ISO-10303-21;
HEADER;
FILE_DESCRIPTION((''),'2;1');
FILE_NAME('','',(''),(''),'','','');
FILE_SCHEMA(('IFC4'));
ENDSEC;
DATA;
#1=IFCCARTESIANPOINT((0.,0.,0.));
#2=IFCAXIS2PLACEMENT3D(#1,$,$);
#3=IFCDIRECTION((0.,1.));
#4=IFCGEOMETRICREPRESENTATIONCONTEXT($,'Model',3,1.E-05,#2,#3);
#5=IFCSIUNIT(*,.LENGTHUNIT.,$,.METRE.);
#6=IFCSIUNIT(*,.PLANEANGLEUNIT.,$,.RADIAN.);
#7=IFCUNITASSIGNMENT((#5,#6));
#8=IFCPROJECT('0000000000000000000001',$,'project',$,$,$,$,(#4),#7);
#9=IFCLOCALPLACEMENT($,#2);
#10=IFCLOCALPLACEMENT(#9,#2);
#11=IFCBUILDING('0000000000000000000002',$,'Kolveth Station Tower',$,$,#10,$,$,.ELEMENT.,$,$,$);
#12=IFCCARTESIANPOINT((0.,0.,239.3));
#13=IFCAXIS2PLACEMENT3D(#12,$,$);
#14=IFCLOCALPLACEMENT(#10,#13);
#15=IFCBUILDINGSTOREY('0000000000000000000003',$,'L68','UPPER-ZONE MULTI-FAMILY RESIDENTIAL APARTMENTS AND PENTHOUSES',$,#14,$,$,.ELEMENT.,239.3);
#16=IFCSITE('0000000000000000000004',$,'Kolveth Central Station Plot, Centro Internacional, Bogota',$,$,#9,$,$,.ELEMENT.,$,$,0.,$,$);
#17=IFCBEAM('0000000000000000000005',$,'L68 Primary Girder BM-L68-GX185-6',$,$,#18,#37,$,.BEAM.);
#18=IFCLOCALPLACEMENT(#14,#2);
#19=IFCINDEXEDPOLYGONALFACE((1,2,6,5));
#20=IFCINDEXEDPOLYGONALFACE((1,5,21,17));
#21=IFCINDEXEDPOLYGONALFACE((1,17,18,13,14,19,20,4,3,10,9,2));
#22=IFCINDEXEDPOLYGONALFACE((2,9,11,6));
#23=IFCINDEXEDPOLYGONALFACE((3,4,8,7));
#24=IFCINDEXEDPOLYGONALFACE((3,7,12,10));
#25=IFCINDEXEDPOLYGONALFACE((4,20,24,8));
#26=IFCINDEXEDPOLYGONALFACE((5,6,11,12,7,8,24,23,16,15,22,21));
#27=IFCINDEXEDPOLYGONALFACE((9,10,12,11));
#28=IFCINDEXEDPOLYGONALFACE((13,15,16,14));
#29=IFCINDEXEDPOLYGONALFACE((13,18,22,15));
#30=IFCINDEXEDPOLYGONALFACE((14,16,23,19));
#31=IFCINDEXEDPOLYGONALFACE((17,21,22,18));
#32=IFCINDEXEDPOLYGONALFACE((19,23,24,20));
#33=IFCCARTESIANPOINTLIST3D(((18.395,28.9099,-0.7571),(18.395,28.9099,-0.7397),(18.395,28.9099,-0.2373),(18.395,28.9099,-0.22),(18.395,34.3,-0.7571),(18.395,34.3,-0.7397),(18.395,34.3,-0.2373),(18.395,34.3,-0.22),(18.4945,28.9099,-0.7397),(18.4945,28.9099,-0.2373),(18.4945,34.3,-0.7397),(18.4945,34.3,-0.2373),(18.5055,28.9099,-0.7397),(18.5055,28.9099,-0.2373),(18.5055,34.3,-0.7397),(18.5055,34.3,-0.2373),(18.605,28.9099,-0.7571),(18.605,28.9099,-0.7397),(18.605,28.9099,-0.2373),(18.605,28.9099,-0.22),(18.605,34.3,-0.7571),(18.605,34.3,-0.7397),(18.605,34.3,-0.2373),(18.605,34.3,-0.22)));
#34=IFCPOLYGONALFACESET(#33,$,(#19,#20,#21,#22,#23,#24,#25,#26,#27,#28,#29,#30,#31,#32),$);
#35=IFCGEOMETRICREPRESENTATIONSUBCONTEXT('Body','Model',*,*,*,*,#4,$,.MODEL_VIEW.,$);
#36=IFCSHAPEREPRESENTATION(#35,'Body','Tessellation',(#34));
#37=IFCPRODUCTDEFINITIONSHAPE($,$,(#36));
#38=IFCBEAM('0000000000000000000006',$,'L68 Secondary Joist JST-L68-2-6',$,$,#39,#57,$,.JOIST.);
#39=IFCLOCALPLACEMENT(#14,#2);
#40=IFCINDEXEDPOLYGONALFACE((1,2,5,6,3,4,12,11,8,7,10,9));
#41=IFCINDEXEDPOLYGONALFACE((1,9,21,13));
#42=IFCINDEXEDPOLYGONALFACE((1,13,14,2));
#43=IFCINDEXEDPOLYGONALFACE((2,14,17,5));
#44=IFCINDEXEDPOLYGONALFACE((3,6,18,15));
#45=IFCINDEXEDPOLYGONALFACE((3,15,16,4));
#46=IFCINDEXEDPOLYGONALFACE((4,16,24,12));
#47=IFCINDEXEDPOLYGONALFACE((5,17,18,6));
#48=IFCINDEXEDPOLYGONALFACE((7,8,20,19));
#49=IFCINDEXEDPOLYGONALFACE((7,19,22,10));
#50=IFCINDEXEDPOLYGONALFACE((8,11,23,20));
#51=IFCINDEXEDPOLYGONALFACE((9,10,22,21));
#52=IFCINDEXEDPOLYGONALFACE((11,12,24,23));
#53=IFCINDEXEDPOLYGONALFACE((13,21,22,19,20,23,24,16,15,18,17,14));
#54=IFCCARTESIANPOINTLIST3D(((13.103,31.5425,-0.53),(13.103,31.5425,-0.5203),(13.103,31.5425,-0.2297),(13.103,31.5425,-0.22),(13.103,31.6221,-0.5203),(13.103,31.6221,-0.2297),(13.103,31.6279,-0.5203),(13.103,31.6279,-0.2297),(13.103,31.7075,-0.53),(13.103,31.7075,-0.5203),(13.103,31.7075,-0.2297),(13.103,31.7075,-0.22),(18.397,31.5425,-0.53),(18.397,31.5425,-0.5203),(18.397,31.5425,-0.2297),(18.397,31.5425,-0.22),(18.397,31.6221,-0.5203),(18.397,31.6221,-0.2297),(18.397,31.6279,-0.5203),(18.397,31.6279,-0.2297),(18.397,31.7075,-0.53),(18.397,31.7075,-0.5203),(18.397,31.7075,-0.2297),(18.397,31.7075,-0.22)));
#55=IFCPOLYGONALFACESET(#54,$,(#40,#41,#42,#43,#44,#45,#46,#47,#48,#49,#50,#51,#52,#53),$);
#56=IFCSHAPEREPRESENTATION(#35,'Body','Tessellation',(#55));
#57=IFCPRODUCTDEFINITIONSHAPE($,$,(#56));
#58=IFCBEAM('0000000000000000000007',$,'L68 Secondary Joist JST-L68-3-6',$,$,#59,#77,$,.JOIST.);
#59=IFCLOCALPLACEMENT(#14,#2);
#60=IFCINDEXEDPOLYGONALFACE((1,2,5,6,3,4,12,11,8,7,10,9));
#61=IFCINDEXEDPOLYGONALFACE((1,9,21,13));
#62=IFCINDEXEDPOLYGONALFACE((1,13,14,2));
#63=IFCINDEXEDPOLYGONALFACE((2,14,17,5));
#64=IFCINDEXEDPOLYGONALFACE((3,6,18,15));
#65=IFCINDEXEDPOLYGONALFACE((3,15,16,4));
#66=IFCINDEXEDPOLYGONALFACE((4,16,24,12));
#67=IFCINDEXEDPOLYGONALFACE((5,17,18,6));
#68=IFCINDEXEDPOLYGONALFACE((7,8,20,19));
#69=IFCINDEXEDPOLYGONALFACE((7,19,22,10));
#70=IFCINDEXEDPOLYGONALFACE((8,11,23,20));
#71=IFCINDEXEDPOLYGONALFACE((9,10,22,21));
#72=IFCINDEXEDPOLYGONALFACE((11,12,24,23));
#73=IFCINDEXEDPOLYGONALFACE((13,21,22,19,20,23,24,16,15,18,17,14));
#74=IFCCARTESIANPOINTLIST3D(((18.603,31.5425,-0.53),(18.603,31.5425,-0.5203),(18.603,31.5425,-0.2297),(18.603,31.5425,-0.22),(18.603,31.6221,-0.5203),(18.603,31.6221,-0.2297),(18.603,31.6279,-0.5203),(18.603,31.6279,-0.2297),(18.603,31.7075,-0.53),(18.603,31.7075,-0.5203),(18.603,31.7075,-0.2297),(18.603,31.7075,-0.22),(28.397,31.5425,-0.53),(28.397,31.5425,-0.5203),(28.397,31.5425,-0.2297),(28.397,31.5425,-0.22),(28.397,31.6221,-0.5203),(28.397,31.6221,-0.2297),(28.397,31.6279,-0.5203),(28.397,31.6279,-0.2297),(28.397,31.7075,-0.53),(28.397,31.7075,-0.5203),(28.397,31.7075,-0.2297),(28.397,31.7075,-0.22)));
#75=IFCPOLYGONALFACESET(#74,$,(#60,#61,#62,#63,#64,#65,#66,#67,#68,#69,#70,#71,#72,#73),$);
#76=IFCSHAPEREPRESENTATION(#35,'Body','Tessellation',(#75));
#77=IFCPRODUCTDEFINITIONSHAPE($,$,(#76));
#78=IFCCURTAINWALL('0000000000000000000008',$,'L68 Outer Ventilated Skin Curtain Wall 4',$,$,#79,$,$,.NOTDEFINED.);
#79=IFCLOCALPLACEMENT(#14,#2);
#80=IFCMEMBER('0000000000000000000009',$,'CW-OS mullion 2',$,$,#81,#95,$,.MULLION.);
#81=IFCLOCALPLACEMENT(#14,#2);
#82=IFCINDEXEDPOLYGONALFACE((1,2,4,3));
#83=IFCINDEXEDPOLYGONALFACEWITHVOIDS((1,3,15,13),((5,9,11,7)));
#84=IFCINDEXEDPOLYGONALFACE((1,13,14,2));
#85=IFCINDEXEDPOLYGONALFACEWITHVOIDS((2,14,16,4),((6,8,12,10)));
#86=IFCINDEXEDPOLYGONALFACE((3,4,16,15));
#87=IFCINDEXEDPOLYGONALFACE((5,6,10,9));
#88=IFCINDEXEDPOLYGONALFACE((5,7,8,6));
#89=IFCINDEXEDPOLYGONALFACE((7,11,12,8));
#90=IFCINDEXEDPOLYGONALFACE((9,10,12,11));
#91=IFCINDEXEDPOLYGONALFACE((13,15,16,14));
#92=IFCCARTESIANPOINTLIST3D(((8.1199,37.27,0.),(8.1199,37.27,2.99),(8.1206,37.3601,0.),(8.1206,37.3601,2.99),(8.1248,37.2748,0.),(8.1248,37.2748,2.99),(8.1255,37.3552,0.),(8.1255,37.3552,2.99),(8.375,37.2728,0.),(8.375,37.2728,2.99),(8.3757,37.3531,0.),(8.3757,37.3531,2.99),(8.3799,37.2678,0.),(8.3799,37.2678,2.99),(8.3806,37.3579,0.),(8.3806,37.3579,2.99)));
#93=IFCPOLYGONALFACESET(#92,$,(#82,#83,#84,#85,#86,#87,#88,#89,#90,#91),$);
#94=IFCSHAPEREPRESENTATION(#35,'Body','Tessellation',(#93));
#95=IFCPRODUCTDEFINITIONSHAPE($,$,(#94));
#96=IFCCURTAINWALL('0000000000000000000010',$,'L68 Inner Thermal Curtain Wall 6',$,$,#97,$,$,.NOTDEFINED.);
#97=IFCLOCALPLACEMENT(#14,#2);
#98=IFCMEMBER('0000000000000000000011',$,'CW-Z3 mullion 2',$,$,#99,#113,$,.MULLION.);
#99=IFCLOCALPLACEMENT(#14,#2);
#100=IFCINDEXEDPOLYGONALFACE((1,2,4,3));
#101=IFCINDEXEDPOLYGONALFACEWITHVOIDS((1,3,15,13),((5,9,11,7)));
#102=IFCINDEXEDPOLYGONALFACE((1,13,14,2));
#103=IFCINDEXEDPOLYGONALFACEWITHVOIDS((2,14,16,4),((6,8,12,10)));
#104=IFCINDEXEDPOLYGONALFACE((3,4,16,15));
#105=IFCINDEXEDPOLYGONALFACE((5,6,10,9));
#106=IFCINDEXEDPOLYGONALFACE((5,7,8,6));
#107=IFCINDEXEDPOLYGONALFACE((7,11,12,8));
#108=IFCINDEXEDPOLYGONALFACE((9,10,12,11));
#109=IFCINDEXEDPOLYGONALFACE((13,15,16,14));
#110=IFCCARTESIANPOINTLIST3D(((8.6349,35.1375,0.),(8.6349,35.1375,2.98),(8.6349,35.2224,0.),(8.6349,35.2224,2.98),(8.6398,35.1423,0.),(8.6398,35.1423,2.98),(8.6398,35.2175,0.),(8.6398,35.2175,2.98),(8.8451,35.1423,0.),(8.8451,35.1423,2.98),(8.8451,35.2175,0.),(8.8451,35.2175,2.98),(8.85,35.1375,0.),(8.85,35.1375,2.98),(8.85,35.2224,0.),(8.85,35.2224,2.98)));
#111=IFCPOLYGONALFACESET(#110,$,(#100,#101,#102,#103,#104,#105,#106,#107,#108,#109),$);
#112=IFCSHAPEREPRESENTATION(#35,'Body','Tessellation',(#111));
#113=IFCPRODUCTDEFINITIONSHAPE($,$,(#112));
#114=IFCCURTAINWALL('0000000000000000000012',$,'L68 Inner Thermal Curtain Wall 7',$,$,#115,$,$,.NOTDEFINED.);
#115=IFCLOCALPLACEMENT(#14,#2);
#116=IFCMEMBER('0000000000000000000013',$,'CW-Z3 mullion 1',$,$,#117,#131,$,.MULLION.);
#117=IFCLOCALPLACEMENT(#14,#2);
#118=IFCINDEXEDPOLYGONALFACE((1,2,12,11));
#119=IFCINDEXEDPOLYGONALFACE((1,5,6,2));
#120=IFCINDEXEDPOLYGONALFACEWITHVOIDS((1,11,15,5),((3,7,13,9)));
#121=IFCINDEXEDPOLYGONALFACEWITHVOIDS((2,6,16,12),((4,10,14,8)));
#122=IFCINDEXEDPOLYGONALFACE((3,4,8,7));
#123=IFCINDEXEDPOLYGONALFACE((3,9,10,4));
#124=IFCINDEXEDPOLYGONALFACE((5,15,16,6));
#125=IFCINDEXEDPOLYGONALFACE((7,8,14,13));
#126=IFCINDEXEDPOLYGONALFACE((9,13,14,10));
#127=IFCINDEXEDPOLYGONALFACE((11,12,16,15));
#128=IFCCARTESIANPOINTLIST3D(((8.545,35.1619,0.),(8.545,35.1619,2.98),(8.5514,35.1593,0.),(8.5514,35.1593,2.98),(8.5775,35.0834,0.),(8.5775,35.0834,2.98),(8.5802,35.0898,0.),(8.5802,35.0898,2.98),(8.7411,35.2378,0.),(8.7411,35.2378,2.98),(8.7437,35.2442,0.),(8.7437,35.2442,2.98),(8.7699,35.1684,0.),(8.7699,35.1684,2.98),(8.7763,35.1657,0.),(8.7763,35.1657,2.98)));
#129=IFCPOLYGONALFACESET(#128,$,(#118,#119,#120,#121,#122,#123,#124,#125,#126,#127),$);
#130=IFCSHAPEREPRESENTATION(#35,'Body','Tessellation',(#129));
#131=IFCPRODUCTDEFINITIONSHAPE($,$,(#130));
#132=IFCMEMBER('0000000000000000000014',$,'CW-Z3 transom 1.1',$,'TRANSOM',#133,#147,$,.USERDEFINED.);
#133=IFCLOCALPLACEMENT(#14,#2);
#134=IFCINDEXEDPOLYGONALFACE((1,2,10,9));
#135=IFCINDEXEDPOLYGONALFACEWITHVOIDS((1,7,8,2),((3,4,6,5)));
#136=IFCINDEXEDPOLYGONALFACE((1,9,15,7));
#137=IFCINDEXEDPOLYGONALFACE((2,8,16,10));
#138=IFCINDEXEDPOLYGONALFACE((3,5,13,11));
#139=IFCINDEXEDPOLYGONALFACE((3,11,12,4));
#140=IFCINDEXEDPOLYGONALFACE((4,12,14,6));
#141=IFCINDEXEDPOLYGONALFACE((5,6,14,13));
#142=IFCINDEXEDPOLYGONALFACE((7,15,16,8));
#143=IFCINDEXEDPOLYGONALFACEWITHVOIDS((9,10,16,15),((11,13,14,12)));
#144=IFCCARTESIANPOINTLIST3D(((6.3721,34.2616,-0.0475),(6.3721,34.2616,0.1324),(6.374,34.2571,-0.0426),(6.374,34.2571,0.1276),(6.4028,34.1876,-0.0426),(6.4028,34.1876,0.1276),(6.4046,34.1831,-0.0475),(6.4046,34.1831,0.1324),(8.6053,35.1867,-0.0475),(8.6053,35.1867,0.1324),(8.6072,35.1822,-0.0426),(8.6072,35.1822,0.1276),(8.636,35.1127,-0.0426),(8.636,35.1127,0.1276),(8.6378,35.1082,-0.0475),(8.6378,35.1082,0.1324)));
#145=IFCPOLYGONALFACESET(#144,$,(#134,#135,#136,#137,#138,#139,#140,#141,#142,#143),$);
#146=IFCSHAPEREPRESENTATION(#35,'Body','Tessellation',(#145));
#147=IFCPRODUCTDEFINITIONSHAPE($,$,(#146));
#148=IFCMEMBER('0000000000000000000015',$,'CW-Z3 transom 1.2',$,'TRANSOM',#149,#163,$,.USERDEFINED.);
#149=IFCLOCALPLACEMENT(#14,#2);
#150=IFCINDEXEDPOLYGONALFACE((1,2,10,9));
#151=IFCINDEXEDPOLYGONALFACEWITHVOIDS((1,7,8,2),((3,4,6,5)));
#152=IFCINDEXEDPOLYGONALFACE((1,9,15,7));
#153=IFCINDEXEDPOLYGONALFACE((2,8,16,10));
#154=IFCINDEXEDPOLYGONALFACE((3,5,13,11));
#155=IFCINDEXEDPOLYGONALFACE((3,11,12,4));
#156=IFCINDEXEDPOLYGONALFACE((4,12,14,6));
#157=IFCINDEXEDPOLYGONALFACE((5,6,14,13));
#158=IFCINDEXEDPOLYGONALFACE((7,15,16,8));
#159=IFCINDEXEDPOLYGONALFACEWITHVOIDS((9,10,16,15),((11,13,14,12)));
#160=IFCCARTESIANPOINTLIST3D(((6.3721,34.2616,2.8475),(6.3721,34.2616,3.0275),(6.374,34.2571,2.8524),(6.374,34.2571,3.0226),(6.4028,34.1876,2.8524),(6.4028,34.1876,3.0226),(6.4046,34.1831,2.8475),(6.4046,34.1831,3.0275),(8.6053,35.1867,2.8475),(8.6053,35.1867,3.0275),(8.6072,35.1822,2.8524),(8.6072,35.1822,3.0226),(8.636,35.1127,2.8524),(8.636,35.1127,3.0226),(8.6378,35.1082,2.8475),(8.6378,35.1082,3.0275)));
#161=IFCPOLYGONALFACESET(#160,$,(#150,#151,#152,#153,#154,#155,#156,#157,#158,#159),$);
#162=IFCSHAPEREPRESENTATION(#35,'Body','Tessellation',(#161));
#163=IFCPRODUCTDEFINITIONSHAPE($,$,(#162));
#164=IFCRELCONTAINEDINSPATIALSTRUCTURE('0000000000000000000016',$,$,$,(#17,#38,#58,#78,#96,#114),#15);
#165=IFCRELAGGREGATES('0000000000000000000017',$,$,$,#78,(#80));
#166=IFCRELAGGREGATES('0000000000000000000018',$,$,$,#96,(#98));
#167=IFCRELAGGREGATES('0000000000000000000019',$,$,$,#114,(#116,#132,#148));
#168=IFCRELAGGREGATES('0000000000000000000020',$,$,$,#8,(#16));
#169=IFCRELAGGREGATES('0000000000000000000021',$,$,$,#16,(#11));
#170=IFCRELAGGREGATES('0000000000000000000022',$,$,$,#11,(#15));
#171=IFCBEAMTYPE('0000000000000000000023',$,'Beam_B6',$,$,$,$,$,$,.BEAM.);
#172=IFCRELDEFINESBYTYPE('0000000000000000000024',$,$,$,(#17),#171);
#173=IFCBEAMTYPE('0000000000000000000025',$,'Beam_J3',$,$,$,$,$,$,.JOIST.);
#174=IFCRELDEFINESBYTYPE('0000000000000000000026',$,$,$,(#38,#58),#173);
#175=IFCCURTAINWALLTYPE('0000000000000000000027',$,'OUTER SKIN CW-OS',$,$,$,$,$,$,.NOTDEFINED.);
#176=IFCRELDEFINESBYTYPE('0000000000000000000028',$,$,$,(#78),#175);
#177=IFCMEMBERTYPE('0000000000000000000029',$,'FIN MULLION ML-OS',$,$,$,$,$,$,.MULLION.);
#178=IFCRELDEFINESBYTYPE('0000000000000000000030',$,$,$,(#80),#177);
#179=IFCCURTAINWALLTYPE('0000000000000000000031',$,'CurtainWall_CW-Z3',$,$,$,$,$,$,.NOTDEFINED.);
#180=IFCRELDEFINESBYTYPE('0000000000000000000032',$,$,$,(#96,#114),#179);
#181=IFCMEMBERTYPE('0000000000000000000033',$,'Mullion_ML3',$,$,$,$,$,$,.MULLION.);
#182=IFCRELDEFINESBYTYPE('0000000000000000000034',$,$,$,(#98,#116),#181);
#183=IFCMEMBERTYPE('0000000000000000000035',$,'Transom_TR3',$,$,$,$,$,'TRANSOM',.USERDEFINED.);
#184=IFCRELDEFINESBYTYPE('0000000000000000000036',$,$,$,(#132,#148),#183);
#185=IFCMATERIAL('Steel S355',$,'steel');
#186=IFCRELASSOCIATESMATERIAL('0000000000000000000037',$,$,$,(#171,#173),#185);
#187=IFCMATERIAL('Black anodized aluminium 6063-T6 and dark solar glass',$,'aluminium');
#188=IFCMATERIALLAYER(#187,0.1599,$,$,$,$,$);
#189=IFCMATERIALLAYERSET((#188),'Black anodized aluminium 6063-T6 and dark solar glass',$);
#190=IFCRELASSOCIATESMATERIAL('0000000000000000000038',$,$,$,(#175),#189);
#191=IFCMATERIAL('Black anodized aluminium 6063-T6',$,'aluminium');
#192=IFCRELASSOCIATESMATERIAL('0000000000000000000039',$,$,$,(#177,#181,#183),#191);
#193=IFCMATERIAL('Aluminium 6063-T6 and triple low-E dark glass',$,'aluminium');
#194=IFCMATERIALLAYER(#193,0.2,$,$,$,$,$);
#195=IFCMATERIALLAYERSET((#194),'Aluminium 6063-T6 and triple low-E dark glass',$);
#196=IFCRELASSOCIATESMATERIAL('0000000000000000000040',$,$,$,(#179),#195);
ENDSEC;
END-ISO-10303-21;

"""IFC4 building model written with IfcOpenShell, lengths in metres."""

from ifc_helpers import new_model, si_unit, direction, frame, origin, origin_2d, place, context, subcontext, project, spatial, hollow_rectangle, i_section, extrude, source, transform, mapped, material, layer, layer_set, material_profile, profile_set, type_object, element, aggregate, save


model = new_model("IFC4")

# Units and contexts
model_context = context("Model", 3, precision=1e-05, world=origin(), true_north=direction((0.0, 1.0)))
body_context = subcontext(model_context, "Body", "Model", "MODEL_VIEW")
ifc_project = project(units=[si_unit("LENGTHUNIT", "METRE"), si_unit("PLANEANGLEUNIT", "RADIAN")], contexts=[model_context])

# Site, building, storey
site_placement = place(None, origin())
site = spatial("IfcSite", under=ifc_project, at=site_placement, Name="Kolveth Central Station Plot, Centro Internacional, Bogota", CompositionType="ELEMENT", RefElevation=0.0)
building_placement = place(site_placement, origin())
building = spatial("IfcBuilding", under=site, at=building_placement, Name="Kolveth Station Tower", CompositionType="ELEMENT")
storey_placement = place(building_placement, frame((0.0, 0.0, 239.3)))
storey = spatial("IfcBuildingStorey", under=building, at=storey_placement, Name="L68", Description="UPPER-ZONE MULTI-FAMILY RESIDENTIAL APARTMENTS AND PENTHOUSES", CompositionType="ELEMENT", Elevation=239.3)

# Shared definitions
ifc_material_1 = material(Name="Steel S355", Category="steel")

# Beams
ifc_material_profile_1 = material_profile(ifc_material_1, i_section(OverallWidth=0.21, OverallDepth=0.5371, WebThickness=0.011, FlangeThickness=0.0173, at=origin_2d()), Name="W530x101")
ifc_profile_set_1 = profile_set([ifc_material_profile_1], Name="Steel S355")
beam_type_1 = type_object("IfcBeamType", Name="Beam_B6", PredefinedType="BEAM", material=ifc_profile_set_1)
shared_shape_1 = source(origin(), body_context, "Body", "SweptSolid", [
    extrude(i_section(OverallWidth=0.21, OverallDepth=0.5371, WebThickness=0.011, FlangeThickness=0.0173, at=origin_2d()), origin(), (0.0, 0.0, 1.0), 5.3901),
])
beam_1_placement = place(storey_placement, frame((18.5, 28.9099, -0.4885), z_axis=(0.0, 1.0, 0.0), x_axis=(-1.0, 0.0, 0.0)))
element("IfcBeam", 1, at=beam_1_placement, inside=storey, type_object=beam_type_1, Name="L68 Primary Girder BM-L68-GX185-6", PredefinedType="BEAM", context=body_context, shape_type="MappedRepresentation", body=[
    mapped(shared_shape_1, transform((0.0, 0.0, 0.0), x_axis=(1.0, 0.0, 0.0), y_axis=(0.0, 1.0, 0.0), z_axis=(0.0, 0.0, 1.0), scale=1.0)),
])
ifc_material_profile_2 = material_profile(ifc_material_1, i_section(OverallWidth=0.165, OverallDepth=0.3101, WebThickness=0.0059, FlangeThickness=0.0098, at=origin_2d()), Name="W310x39")
ifc_profile_set_2 = profile_set([ifc_material_profile_2], Name="Steel S355")
beam_type_2 = type_object("IfcBeamType", Name="Beam_J3", PredefinedType="JOIST", material=ifc_profile_set_2)
shared_shape_2 = source(origin(), body_context, "Body", "SweptSolid", [
    extrude(i_section(OverallWidth=0.165, OverallDepth=0.3101, WebThickness=0.0059, FlangeThickness=0.0098, at=origin_2d()), origin(), (0.0, 0.0, 1.0), 5.2939),
])
beam_2_placement = place(storey_placement, frame((13.103, 31.625, -0.375), z_axis=(1.0, 0.0, 0.0), x_axis=(0.0, 1.0, 0.0)))
element("IfcBeam", 2, at=beam_2_placement, inside=storey, type_object=beam_type_2, Name="L68 Secondary Joist JST-L68-2-6", PredefinedType="JOIST", context=body_context, shape_type="MappedRepresentation", body=[
    mapped(shared_shape_2, transform((0.0, 0.0, 0.0), x_axis=(1.0, 0.0, 0.0), y_axis=(0.0, 1.0, 0.0), z_axis=(0.0, 0.0, 1.0), scale=1.0)),
])
shared_shape_3 = source(origin(), body_context, "Body", "SweptSolid", [
    extrude(i_section(OverallWidth=0.165, OverallDepth=0.3101, WebThickness=0.0059, FlangeThickness=0.0098, at=origin_2d()), origin(), (0.0, 0.0, 1.0), 9.7939),
])
beam_3_placement = place(storey_placement, frame((18.603, 31.625, -0.375), z_axis=(1.0, 0.0, 0.0), x_axis=(0.0, 1.0, 0.0)))
element("IfcBeam", 3, at=beam_3_placement, inside=storey, type_object=beam_type_2, Name="L68 Secondary Joist JST-L68-3-6", PredefinedType="JOIST", context=body_context, shape_type="MappedRepresentation", body=[
    mapped(shared_shape_3, transform((0.0, 0.0, 0.0), x_axis=(1.0, 0.0, 0.0), y_axis=(0.0, 1.0, 0.0), z_axis=(0.0, 0.0, 1.0), scale=1.0)),
])

# Curtain walls, members
ifc_material_2 = material(Name="Black anodized aluminium 6063-T6 and dark solar glass", Category="aluminium")
ifc_layer_1 = layer(ifc_material_2, 0.1599)
ifc_layer_set_1 = layer_set([ifc_layer_1], Name="Black anodized aluminium 6063-T6 and dark solar glass")
curtain_wall_type_1 = type_object("IfcCurtainWallType", Name="OUTER SKIN CW-OS", PredefinedType="NOTDEFINED", material=ifc_layer_set_1)
curtain_wall_1_placement = place(storey_placement, origin())
curtain_wall_1 = element("IfcCurtainWall", 4, at=curtain_wall_1_placement, inside=storey, type_object=curtain_wall_type_1, Name="L68 Outer Ventilated Skin Curtain Wall 4", PredefinedType="NOTDEFINED")
ifc_material_3 = material(Name="Black anodized aluminium 6063-T6", Category="aluminium")
ifc_material_profile_3 = material_profile(ifc_material_3, hollow_rectangle(XDim=0.0901, YDim=0.26, WallThickness=0.0049, at=origin_2d()), Name="ALU-90x260x5")
ifc_profile_set_3 = profile_set([ifc_material_profile_3], Name="Black anodized aluminium 6063-T6")
member_type_1 = type_object("IfcMemberType", Name="FIN MULLION ML-OS", PredefinedType="MULLION", material=ifc_profile_set_3)
shared_shape_4 = source(origin(), body_context, "Body", "SweptSolid", [
    extrude(hollow_rectangle(XDim=0.0901, YDim=0.26, WallThickness=0.0049, at=origin_2d()), origin(), (0.0, 0.0, 1.0), 2.99),
])
member_1_placement = place(storey_placement, frame((8.2502, 37.314, 0.0), z_axis=(0.0, 0.0, 1.0), x_axis=(-0.008262, -0.999966, 0.0)))
member_1 = element("IfcMember", 5, at=member_1_placement, type_object=member_type_1, Name="CW-OS mullion 2", PredefinedType="MULLION", context=body_context, shape_type="MappedRepresentation", body=[
    mapped(shared_shape_4, transform((0.0, 0.0, 0.0), x_axis=(1.0, 0.0, 0.0), y_axis=(0.0, 1.0, 0.0), z_axis=(0.0, 0.0, 1.0), scale=1.0)),
])
aggregate(curtain_wall_1, [member_1])
ifc_material_4 = material(Name="Aluminium 6063-T6 and triple low-E dark glass", Category="aluminium")
ifc_layer_2 = layer(ifc_material_4, 0.2)
ifc_layer_set_2 = layer_set([ifc_layer_2], Name="Aluminium 6063-T6 and triple low-E dark glass")
curtain_wall_type_2 = type_object("IfcCurtainWallType", Name="CurtainWall_CW-Z3", PredefinedType="NOTDEFINED", material=ifc_layer_set_2)
curtain_wall_2_placement = place(storey_placement, origin())
curtain_wall_2 = element("IfcCurtainWall", 6, at=curtain_wall_2_placement, inside=storey, type_object=curtain_wall_type_2, Name="L68 Inner Thermal Curtain Wall 6", PredefinedType="NOTDEFINED")
ifc_material_profile_4 = material_profile(ifc_material_3, hollow_rectangle(XDim=0.085, YDim=0.2151, WallThickness=0.0049, at=origin_2d()), Name="ALU-85x215x5")
ifc_profile_set_4 = profile_set([ifc_material_profile_4], Name="Black anodized aluminium 6063-T6")
member_type_2 = type_object("IfcMemberType", Name="Mullion_ML3", PredefinedType="MULLION", material=ifc_profile_set_4)
shared_shape_5 = source(origin(), body_context, "Body", "SweptSolid", [
    extrude(hollow_rectangle(XDim=0.085, YDim=0.2151, WallThickness=0.0049, at=origin_2d()), origin(), (0.0, 0.0, 1.0), 2.98),
])
member_2_placement = place(storey_placement, frame((8.7424, 35.1799, 0.0), z_axis=(0.0, 0.0, 1.0), x_axis=(0.0, -1.0, 0.0)))
member_2 = element("IfcMember", 7, at=member_2_placement, type_object=member_type_2, Name="CW-Z3 mullion 2", PredefinedType="MULLION", context=body_context, shape_type="MappedRepresentation", body=[
    mapped(shared_shape_5, transform((0.0, 0.0, 0.0), x_axis=(1.0, 0.0, 0.0), y_axis=(0.0, 1.0, 0.0), z_axis=(0.0, 0.0, 1.0), scale=1.0)),
])
aggregate(curtain_wall_2, [member_2])

# Curtain wall, members
curtain_wall_3_placement = place(storey_placement, origin())
curtain_wall_3 = element("IfcCurtainWall", 8, at=curtain_wall_3_placement, inside=storey, type_object=curtain_wall_type_2, Name="L68 Inner Thermal Curtain Wall 7", PredefinedType="NOTDEFINED")
member_3_placement = place(storey_placement, frame((8.6606, 35.1638, 0.0), z_axis=(0.0, 0.0, 1.0), x_axis=(0.382693, -0.923875, 0.0)))
member_3 = element("IfcMember", 9, at=member_3_placement, type_object=member_type_2, Name="CW-Z3 mullion 1", PredefinedType="MULLION", context=body_context, shape_type="MappedRepresentation", body=[
    mapped(shared_shape_5, transform((0.0, 0.0, 0.0), x_axis=(1.0, 0.0, 0.0), y_axis=(0.0, 1.0, 0.0), z_axis=(0.0, 0.0, 1.0), scale=1.0)),
])
ifc_material_profile_5 = material_profile(ifc_material_3, hollow_rectangle(XDim=0.085, YDim=0.1799, WallThickness=0.0049, at=origin_2d()), Name="ALU-85x180x5")
ifc_profile_set_5 = profile_set([ifc_material_profile_5], Name="Black anodized aluminium 6063-T6")
member_type_3 = type_object("IfcMemberType", Name="Transom_TR3", ElementType="TRANSOM", PredefinedType="USERDEFINED", material=ifc_profile_set_5)
shared_shape_6 = source(origin(), body_context, "Body", "SweptSolid", [
    extrude(hollow_rectangle(XDim=0.085, YDim=0.1799, WallThickness=0.0049, at=origin_2d()), origin(), (0.0, 0.0, 1.0), 2.4172),
])
member_4_placement = place(storey_placement, frame((8.6216, 35.1475, 0.0425), z_axis=(-0.923873, -0.3827, 0.0), x_axis=(0.3827, -0.923873, 0.0)))
member_4 = element("IfcMember", 10, at=member_4_placement, type_object=member_type_3, Name="CW-Z3 transom 1.1", ObjectType="TRANSOM", PredefinedType="USERDEFINED", context=body_context, shape_type="MappedRepresentation", body=[
    mapped(shared_shape_6, transform((0.0, 0.0, 0.0), x_axis=(1.0, 0.0, 0.0), y_axis=(0.0, 1.0, 0.0), z_axis=(0.0, 0.0, 1.0), scale=1.0)),
])
member_5_placement = place(storey_placement, frame((8.6216, 35.1475, 2.9375), z_axis=(-0.923873, -0.3827, 0.0), x_axis=(0.3827, -0.923873, 0.0)))
member_5 = element("IfcMember", 11, at=member_5_placement, type_object=member_type_3, Name="CW-Z3 transom 1.2", ObjectType="TRANSOM", PredefinedType="USERDEFINED", context=body_context, shape_type="MappedRepresentation", body=[
    mapped(shared_shape_6, transform((0.0, 0.0, 0.0), x_axis=(1.0, 0.0, 0.0), y_axis=(0.0, 1.0, 0.0), z_axis=(0.0, 0.0, 1.0), scale=1.0)),
])
aggregate(curtain_wall_3, [member_3, member_4, member_5])

save(model, "model.ifc")
